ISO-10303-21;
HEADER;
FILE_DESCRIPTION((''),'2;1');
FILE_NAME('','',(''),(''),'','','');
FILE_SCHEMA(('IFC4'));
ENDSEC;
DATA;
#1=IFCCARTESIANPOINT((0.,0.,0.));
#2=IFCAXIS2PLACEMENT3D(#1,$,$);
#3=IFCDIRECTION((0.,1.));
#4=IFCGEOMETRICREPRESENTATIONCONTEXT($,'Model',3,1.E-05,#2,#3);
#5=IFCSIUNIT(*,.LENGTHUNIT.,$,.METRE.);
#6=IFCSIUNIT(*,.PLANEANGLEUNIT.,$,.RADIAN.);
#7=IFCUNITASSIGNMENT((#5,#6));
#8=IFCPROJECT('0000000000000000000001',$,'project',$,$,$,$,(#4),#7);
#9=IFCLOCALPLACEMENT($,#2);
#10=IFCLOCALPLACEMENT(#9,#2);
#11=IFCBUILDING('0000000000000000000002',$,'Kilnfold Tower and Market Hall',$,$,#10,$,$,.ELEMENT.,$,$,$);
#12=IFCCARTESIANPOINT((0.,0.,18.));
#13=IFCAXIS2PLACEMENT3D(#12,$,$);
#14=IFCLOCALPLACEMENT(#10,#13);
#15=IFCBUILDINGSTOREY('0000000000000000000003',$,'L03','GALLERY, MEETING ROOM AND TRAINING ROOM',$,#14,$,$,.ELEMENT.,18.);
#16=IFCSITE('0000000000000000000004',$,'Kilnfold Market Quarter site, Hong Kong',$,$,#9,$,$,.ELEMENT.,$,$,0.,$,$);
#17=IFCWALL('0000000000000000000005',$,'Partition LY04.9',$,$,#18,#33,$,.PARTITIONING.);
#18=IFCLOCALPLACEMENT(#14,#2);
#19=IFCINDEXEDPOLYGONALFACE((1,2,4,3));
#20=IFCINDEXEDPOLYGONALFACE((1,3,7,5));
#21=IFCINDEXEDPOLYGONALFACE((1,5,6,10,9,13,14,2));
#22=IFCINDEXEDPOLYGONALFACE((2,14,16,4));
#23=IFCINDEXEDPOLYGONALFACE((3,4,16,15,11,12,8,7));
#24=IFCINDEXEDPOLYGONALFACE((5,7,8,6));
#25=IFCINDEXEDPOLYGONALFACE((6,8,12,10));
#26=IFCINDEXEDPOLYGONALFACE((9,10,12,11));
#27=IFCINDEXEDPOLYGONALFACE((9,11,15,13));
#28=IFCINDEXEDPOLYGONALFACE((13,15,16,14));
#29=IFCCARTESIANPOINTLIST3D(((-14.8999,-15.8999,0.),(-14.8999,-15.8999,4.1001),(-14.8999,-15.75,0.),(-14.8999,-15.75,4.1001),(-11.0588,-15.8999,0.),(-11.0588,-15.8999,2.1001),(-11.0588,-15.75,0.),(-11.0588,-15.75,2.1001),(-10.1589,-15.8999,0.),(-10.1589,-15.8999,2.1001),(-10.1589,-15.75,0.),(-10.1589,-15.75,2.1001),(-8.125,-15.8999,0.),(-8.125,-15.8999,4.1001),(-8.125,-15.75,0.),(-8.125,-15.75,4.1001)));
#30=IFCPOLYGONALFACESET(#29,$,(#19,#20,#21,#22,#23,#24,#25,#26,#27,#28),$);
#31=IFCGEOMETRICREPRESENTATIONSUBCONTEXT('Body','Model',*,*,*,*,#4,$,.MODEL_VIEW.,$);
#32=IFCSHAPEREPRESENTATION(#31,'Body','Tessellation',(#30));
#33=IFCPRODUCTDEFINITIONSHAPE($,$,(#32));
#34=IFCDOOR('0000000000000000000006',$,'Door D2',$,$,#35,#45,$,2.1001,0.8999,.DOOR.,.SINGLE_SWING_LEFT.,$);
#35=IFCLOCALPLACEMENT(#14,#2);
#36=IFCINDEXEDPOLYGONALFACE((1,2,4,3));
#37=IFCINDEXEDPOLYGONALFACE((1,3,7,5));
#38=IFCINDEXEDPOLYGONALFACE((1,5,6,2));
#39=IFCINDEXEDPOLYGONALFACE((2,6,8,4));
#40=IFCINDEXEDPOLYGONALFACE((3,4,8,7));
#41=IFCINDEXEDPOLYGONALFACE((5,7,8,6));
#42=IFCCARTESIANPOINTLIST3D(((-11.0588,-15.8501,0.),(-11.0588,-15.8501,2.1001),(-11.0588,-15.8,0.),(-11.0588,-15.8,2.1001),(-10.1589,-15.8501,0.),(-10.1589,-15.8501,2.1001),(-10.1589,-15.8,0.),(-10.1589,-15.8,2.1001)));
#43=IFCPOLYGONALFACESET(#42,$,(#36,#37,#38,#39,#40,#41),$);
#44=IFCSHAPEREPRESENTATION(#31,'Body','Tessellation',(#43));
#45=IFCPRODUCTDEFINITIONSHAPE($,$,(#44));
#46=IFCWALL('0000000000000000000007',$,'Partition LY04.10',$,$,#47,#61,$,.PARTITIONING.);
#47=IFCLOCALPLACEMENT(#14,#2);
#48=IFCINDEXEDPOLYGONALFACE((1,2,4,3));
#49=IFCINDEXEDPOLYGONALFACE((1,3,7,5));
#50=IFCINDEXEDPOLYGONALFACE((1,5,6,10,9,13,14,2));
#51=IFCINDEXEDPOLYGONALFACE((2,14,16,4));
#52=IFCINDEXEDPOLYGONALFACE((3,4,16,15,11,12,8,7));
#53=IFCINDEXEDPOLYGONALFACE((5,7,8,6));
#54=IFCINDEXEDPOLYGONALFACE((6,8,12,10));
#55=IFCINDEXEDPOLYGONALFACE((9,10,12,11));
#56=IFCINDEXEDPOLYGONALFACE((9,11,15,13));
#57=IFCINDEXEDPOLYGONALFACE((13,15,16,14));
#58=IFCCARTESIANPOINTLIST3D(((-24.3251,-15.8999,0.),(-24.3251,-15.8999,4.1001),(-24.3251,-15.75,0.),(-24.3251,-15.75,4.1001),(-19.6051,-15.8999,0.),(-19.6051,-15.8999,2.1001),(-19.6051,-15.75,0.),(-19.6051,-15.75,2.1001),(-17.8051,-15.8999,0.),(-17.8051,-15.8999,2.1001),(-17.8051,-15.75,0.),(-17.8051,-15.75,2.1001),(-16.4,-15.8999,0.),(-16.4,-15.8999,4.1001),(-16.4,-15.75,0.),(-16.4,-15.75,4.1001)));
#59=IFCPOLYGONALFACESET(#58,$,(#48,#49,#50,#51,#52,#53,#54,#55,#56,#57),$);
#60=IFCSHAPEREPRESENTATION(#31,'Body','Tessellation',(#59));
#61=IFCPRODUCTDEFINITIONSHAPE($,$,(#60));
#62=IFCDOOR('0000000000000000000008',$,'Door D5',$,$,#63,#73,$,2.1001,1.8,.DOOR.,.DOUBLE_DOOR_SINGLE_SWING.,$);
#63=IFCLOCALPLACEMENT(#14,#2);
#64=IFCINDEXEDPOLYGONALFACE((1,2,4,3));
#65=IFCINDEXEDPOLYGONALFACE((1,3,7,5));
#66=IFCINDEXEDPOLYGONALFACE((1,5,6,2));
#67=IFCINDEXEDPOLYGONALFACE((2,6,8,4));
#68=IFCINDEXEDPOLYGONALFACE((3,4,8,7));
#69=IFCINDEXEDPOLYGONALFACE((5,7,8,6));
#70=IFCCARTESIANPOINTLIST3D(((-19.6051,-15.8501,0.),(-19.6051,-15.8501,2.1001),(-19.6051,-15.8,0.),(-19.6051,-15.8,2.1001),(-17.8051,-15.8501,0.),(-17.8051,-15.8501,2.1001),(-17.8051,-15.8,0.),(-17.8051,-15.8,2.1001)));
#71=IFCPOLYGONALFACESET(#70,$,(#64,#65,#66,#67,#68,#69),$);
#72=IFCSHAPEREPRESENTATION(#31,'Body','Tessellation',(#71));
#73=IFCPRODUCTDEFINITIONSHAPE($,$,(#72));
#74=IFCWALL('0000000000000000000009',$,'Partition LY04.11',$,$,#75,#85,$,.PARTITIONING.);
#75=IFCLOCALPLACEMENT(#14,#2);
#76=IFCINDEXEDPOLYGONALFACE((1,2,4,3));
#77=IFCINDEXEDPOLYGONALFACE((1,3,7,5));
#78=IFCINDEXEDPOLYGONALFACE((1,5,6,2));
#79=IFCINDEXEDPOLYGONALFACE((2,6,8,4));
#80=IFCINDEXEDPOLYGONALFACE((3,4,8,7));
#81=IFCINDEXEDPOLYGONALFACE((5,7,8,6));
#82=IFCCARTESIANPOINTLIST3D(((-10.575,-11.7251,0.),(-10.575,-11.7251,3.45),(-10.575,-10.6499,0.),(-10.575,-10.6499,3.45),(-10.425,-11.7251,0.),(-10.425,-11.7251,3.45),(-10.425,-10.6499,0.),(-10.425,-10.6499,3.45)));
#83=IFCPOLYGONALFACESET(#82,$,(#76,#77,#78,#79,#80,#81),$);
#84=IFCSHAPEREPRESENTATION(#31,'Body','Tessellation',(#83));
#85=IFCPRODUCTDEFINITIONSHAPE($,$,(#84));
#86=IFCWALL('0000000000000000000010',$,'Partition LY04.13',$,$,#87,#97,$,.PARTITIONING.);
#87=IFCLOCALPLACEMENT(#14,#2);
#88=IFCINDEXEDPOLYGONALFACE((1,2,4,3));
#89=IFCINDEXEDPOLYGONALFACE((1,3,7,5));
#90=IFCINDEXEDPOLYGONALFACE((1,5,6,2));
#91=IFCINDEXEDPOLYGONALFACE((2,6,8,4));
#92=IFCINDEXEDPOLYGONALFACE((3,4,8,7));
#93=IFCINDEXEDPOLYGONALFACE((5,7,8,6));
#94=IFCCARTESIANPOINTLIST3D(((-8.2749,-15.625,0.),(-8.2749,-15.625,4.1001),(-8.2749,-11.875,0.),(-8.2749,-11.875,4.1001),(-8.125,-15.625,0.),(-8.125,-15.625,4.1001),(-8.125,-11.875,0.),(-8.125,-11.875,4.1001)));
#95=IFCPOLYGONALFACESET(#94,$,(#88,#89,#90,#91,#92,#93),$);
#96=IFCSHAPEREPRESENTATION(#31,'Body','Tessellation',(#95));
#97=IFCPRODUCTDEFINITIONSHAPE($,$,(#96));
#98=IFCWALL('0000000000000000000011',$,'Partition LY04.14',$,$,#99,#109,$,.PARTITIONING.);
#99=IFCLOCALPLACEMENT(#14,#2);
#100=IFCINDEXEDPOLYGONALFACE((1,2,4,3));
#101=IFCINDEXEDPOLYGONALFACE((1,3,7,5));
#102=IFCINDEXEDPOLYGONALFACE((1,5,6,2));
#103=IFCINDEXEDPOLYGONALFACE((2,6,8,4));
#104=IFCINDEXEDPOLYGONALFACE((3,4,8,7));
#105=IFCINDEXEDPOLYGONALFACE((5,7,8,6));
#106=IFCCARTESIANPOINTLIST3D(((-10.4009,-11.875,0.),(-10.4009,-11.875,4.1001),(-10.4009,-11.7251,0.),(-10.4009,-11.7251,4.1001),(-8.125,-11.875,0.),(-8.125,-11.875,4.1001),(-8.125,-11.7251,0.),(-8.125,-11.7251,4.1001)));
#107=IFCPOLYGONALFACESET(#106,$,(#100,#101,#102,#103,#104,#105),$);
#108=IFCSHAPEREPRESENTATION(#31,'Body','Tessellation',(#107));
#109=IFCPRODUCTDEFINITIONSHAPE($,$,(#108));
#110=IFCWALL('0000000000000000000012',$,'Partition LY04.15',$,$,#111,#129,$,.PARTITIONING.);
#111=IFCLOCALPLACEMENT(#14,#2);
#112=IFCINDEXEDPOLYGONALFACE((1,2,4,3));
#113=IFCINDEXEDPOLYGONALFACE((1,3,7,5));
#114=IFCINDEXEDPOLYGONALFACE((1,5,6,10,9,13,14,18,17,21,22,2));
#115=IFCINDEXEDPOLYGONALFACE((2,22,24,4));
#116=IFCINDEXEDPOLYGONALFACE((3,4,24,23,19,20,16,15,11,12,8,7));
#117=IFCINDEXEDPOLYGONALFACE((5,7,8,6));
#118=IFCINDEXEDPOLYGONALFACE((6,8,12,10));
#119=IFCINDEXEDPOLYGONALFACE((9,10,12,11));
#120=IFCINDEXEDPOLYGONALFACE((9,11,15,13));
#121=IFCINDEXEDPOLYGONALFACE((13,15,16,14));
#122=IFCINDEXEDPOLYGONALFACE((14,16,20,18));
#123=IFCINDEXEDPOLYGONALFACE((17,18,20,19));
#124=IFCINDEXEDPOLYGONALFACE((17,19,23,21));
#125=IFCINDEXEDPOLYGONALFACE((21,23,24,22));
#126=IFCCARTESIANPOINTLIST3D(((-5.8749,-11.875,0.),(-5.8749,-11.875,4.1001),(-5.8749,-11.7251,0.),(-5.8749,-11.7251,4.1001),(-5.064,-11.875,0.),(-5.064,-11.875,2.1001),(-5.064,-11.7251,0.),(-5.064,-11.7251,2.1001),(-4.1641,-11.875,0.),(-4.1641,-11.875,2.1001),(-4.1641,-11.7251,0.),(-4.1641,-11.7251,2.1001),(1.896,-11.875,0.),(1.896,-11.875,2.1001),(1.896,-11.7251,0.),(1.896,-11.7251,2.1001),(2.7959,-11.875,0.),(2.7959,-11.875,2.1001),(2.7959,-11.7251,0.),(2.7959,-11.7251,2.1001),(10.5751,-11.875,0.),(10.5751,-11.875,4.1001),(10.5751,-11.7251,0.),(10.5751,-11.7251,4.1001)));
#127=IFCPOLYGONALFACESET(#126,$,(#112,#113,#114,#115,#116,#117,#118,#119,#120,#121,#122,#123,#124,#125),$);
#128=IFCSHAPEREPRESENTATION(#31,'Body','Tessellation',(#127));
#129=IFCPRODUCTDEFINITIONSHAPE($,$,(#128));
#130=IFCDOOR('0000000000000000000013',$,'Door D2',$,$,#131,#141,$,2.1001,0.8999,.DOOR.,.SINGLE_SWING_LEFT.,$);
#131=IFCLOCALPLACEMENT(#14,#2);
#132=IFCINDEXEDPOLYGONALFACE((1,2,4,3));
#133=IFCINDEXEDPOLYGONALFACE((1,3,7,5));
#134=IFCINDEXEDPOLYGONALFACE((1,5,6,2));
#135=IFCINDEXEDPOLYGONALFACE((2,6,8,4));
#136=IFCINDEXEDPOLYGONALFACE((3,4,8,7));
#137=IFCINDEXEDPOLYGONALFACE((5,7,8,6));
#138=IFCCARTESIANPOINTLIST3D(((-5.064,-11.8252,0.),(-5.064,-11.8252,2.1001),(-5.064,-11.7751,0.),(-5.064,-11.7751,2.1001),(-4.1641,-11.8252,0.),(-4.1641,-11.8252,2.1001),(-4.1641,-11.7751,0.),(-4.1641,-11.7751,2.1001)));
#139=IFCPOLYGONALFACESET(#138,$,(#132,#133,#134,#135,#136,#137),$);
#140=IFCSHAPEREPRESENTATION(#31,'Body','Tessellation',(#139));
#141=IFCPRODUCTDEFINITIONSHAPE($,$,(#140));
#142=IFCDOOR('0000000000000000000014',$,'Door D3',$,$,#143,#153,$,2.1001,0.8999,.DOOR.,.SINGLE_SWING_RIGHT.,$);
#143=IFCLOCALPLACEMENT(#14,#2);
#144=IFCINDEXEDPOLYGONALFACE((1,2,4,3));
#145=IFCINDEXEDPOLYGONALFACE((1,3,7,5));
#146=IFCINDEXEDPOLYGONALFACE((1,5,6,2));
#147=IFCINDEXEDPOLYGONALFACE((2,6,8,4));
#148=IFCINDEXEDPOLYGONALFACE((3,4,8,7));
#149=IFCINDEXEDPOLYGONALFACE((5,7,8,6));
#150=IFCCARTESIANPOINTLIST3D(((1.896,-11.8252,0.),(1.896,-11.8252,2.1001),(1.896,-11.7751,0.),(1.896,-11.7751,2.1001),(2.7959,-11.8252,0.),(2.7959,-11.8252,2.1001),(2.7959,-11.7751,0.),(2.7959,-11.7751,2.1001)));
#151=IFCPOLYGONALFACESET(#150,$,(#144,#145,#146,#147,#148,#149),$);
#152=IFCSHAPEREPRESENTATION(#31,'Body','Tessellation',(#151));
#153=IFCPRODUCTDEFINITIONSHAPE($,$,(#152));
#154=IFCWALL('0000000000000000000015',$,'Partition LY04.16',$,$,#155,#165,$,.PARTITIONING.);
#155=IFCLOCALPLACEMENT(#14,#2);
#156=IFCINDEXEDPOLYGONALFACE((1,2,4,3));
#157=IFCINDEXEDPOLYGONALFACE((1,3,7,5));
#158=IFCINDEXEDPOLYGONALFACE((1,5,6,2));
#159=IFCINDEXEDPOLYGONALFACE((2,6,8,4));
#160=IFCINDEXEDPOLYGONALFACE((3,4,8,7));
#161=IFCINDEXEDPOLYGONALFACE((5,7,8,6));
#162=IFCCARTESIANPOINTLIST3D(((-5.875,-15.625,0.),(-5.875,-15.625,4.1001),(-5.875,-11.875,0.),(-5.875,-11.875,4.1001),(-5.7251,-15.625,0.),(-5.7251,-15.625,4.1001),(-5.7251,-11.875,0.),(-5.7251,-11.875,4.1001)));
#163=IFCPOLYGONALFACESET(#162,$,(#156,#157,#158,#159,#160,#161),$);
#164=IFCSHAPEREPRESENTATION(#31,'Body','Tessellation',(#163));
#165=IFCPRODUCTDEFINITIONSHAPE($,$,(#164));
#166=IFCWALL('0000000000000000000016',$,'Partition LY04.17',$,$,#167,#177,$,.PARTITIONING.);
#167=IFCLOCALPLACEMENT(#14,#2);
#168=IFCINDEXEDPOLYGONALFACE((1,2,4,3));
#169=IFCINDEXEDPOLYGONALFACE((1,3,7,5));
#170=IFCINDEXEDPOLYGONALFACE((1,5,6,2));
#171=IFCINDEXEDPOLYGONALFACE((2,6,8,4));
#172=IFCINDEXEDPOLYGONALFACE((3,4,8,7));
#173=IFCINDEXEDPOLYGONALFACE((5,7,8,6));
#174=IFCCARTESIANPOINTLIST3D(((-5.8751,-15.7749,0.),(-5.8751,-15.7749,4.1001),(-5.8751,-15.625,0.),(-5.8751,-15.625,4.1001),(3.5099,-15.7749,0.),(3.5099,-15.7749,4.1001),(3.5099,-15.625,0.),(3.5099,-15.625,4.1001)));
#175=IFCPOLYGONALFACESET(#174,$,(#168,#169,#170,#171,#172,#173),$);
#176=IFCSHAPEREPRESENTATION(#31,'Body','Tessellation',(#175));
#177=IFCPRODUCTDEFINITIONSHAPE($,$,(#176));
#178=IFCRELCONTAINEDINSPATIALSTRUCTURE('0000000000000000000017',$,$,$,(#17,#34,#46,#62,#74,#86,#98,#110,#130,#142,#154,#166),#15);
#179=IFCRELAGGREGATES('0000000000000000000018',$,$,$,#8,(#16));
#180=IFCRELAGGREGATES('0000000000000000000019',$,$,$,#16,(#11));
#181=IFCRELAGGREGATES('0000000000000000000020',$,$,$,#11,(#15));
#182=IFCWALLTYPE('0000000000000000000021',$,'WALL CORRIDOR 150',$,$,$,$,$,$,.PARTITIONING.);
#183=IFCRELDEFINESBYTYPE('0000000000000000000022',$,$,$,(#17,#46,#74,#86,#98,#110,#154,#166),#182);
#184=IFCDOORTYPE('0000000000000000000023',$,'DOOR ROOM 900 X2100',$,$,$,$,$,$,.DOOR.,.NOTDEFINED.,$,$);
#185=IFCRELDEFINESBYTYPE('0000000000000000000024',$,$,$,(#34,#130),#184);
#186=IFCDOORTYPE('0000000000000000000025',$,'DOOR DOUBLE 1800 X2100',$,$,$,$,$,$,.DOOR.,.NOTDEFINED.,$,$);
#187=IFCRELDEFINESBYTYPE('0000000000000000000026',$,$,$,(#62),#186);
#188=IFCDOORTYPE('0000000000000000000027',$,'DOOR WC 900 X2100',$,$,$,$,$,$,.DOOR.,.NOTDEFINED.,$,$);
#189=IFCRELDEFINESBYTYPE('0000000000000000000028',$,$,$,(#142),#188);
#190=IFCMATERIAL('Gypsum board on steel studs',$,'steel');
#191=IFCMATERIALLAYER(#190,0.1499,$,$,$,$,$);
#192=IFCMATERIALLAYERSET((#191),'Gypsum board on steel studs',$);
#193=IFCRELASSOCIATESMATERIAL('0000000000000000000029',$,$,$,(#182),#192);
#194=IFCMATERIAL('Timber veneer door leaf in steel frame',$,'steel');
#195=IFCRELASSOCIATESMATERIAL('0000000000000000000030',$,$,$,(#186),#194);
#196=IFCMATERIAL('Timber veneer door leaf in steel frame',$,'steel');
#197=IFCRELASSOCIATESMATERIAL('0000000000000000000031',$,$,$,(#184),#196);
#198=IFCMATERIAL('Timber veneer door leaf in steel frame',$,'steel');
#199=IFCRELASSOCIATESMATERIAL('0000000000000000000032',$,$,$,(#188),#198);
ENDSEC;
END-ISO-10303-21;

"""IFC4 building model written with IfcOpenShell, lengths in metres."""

from ifc_helpers import new_model, si_unit, direction, frame, frame_2d, origin, place, context, subcontext, project, spatial, rectangle, extrude, material, layer, layer_set, type_object, element, fill, save


model = new_model("IFC4")

# Units and contexts
model_context = context("Model", 3, precision=1e-05, world=origin(), true_north=direction((0.0, 1.0)))
body_context = subcontext(model_context, "Body", "Model", "MODEL_VIEW")
ifc_project = project(units=[si_unit("LENGTHUNIT", "METRE"), si_unit("PLANEANGLEUNIT", "RADIAN")], contexts=[model_context])

# Site, building, storey
site_placement = place(None, origin())
site = spatial("IfcSite", under=ifc_project, at=site_placement, Name="Kilnfold Market Quarter site, Hong Kong", CompositionType="ELEMENT", RefElevation=0.0)
building_placement = place(site_placement, origin())
building = spatial("IfcBuilding", under=site, at=building_placement, Name="Kilnfold Tower and Market Hall", CompositionType="ELEMENT")
storey_placement = place(building_placement, frame((0.0, 0.0, 18.0)))
storey = spatial("IfcBuildingStorey", under=building, at=storey_placement, Name="L03", Description="GALLERY, MEETING ROOM AND TRAINING ROOM", CompositionType="ELEMENT", Elevation=18.0)

# Shared definitions
ifc_material_1 = material(Name="Gypsum board on steel studs", Category="steel")
ifc_layer_1 = layer(ifc_material_1, 0.1499)
ifc_layer_set_1 = layer_set([ifc_layer_1], Name="Gypsum board on steel studs")
wall_type_1 = type_object("IfcWallType", Name="WALL CORRIDOR 150", PredefinedType="PARTITIONING", material=ifc_layer_set_1)
ifc_material_2 = material(Name="Timber veneer door leaf in steel frame", Category="steel")
door_type_1 = type_object("IfcDoorType", Name="DOOR DOUBLE 1800 X2100", OperationType="NOTDEFINED", PredefinedType="DOOR", material=ifc_material_2)
ifc_material_3 = material(Name="Timber veneer door leaf in steel frame", Category="steel")
door_type_2 = type_object("IfcDoorType", Name="DOOR ROOM 900 X2100", OperationType="NOTDEFINED", PredefinedType="DOOR", material=ifc_material_3)

# Walls, openings, doors
wall_1_placement = place(storey_placement, frame((-14.8999, -15.825, 0.0), z_axis=(0.0, 0.0, 1.0), x_axis=(1.0, 0.0, 0.0)))
wall_1 = element("IfcWall", 1, at=wall_1_placement, inside=storey, type_object=wall_type_1, Name="Partition LY04.9", PredefinedType="PARTITIONING", context=body_context, shape_type="SweptSolid", body=[
    extrude(rectangle(XDim=6.7749, YDim=0.1499, at=frame_2d((3.3875, 0.0))), origin(), (0.0, 0.0, 1.0), 4.1001),
])
opening_1_placement = place(wall_1_placement, frame((3.8411, 0.0, 0.0)))
opening_1 = element("IfcOpeningElement", 2, at=opening_1_placement, cuts=wall_1, PredefinedType="OPENING", context=body_context, shape_type="SweptSolid", body=[
    extrude(rectangle(XDim=0.8999, YDim=2.1001, at=frame_2d((0.45, 1.05))), frame((0.0, 0.085, 0.0), z_axis=(0.0, -1.0, 0.0), x_axis=(1.0, 0.0, 0.0)), (0.0, 0.0, 1.0), 0.1699),
])
door_1_placement = place(opening_1_placement, origin())
door_1 = element("IfcDoor", 3, at=door_1_placement, inside=storey, type_object=door_type_2, Name="Door D2", OperationType="SINGLE_SWING_LEFT", OverallHeight=2.1001, OverallWidth=0.8999, PredefinedType="DOOR", context=body_context, shape_type="SweptSolid", body=[
    extrude(rectangle(XDim=0.8999, YDim=2.1001, at=frame_2d((0.45, 1.05))), frame((0.0, 0.0249, 0.0), z_axis=(0.0, -1.0, 0.0), x_axis=(1.0, 0.0, 0.0)), (0.0, 0.0, 1.0), 0.05),
])
fill(opening_1, door_1)
wall_2_placement = place(storey_placement, frame((-24.325, -15.825, 0.0), z_axis=(0.0, 0.0, 1.0), x_axis=(1.0, 0.0, 0.0)))
wall_2 = element("IfcWall", 4, at=wall_2_placement, inside=storey, type_object=wall_type_1, Name="Partition LY04.10", PredefinedType="PARTITIONING", context=body_context, shape_type="SweptSolid", body=[
    extrude(rectangle(XDim=7.925, YDim=0.1499, at=frame_2d((3.9624, 0.0))), origin(), (0.0, 0.0, 1.0), 4.1001),
])
opening_2_placement = place(wall_2_placement, frame((4.72, 0.0, 0.0)))
opening_2 = element("IfcOpeningElement", 5, at=opening_2_placement, cuts=wall_2, PredefinedType="OPENING", context=body_context, shape_type="SweptSolid", body=[
    extrude(rectangle(XDim=1.8, YDim=2.1001, at=frame_2d((0.8999, 1.05))), frame((0.0, 0.085, 0.0), z_axis=(0.0, -1.0, 0.0), x_axis=(1.0, 0.0, 0.0)), (0.0, 0.0, 1.0), 0.1699),
])
door_2_placement = place(opening_2_placement, origin())
door_2 = element("IfcDoor", 6, at=door_2_placement, inside=storey, type_object=door_type_1, Name="Door D5", OperationType="DOUBLE_DOOR_SINGLE_SWING", OverallHeight=2.1001, OverallWidth=1.8, PredefinedType="DOOR", context=body_context, shape_type="SweptSolid", body=[
    extrude(rectangle(XDim=1.8, YDim=2.1001, at=frame_2d((0.8999, 1.05))), frame((0.0, 0.0249, 0.0), z_axis=(0.0, -1.0, 0.0), x_axis=(1.0, 0.0, 0.0)), (0.0, 0.0, 1.0), 0.05),
])
fill(opening_2, door_2)

# Walls
wall_3_placement = place(storey_placement, frame((-10.5, -11.7251, 0.0), z_axis=(0.0, 0.0, 1.0), x_axis=(0.0, 1.0, 0.0)))
element("IfcWall", 7, at=wall_3_placement, inside=storey, type_object=wall_type_1, Name="Partition LY04.11", PredefinedType="PARTITIONING", context=body_context, shape_type="SweptSolid", body=[
    extrude(rectangle(XDim=1.0752, YDim=0.1499, at=frame_2d((0.5376, 0.0))), origin(), (0.0, 0.0, 1.0), 3.45),
])
wall_4_placement = place(storey_placement, frame((-8.2, -11.875, 0.0), z_axis=(0.0, 0.0, 1.0), x_axis=(0.0, -1.0, 0.0)))
element("IfcWall", 8, at=wall_4_placement, inside=storey, type_object=wall_type_1, Name="Partition LY04.13", PredefinedType="PARTITIONING", context=body_context, shape_type="SweptSolid", body=[
    extrude(rectangle(XDim=3.75, YDim=0.1499, at=frame_2d((1.875, 0.0))), origin(), (0.0, 0.0, 1.0), 4.1001),
])
wall_5_placement = place(storey_placement, frame((-10.4009, -11.8, 0.0), z_axis=(0.0, 0.0, 1.0), x_axis=(1.0, 0.0, 0.0)))
element("IfcWall", 9, at=wall_5_placement, inside=storey, type_object=wall_type_1, Name="Partition LY04.14", PredefinedType="PARTITIONING", context=body_context, shape_type="SweptSolid", body=[
    extrude(rectangle(XDim=2.2759, YDim=0.1499, at=frame_2d((1.1379, 0.0))), origin(), (0.0, 0.0, 1.0), 4.1001),
])

# Wall, openings, doors
wall_6_placement = place(storey_placement, frame((-5.875, -11.8, 0.0), z_axis=(0.0, 0.0, 1.0), x_axis=(1.0, 0.0, 0.0)))
wall_6 = element("IfcWall", 10, at=wall_6_placement, inside=storey, type_object=wall_type_1, Name="Partition LY04.15", PredefinedType="PARTITIONING", context=body_context, shape_type="SweptSolid", body=[
    extrude(rectangle(XDim=16.45, YDim=0.1499, at=frame_2d((8.2251, 0.0))), origin(), (0.0, 0.0, 1.0), 4.1001),
])
opening_3_placement = place(wall_6_placement, frame((0.811, 0.0, 0.0)))
opening_3 = element("IfcOpeningElement", 11, at=opening_3_placement, cuts=wall_6, PredefinedType="OPENING", context=body_context, shape_type="SweptSolid", body=[
    extrude(rectangle(XDim=0.8999, YDim=2.1001, at=frame_2d((0.45, 1.05))), frame((0.0, 0.085, 0.0), z_axis=(0.0, -1.0, 0.0), x_axis=(1.0, 0.0, 0.0)), (0.0, 0.0, 1.0), 0.1699),
])
opening_4_placement = place(wall_6_placement, frame((7.771, 0.0, 0.0)))
opening_4 = element("IfcOpeningElement", 12, at=opening_4_placement, cuts=wall_6, PredefinedType="OPENING", context=body_context, shape_type="SweptSolid", body=[
    extrude(rectangle(XDim=0.8999, YDim=2.1001, at=frame_2d((0.45, 1.05))), frame((0.0, 0.085, 0.0), z_axis=(0.0, -1.0, 0.0), x_axis=(1.0, 0.0, 0.0)), (0.0, 0.0, 1.0), 0.1699),
])
door_3_placement = place(opening_3_placement, origin())
door_3 = element("IfcDoor", 13, at=door_3_placement, inside=storey, type_object=door_type_2, Name="Door D2", OperationType="SINGLE_SWING_LEFT", OverallHeight=2.1001, OverallWidth=0.8999, PredefinedType="DOOR", context=body_context, shape_type="SweptSolid", body=[
    extrude(rectangle(XDim=0.8999, YDim=2.1001, at=frame_2d((0.45, 1.05))), frame((0.0, 0.0249, 0.0), z_axis=(0.0, -1.0, 0.0), x_axis=(1.0, 0.0, 0.0)), (0.0, 0.0, 1.0), 0.05),
])
fill(opening_3, door_3)
ifc_material_4 = material(Name="Timber veneer door leaf in steel frame", Category="steel")
door_type_3 = type_object("IfcDoorType", Name="DOOR WC 900 X2100", OperationType="NOTDEFINED", PredefinedType="DOOR", material=ifc_material_4)
door_4_placement = place(opening_4_placement, origin())
door_4 = element("IfcDoor", 14, at=door_4_placement, inside=storey, type_object=door_type_3, Name="Door D3", OperationType="SINGLE_SWING_RIGHT", OverallHeight=2.1001, OverallWidth=0.8999, PredefinedType="DOOR", context=body_context, shape_type="SweptSolid", body=[
    extrude(rectangle(XDim=0.8999, YDim=2.1001, at=frame_2d((0.45, 1.05))), frame((0.0, 0.0249, 0.0), z_axis=(0.0, -1.0, 0.0), x_axis=(1.0, 0.0, 0.0)), (0.0, 0.0, 1.0), 0.05),
])
fill(opening_4, door_4)

# Walls
wall_7_placement = place(storey_placement, frame((-5.8, -15.625, 0.0), z_axis=(0.0, 0.0, 1.0), x_axis=(0.0, 1.0, 0.0)))
element("IfcWall", 15, at=wall_7_placement, inside=storey, type_object=wall_type_1, Name="Partition LY04.16", PredefinedType="PARTITIONING", context=body_context, shape_type="SweptSolid", body=[
    extrude(rectangle(XDim=3.75, YDim=0.1499, at=frame_2d((1.875, 0.0))), origin(), (0.0, 0.0, 1.0), 4.1001),
])
wall_8_placement = place(storey_placement, frame((-5.875, -15.7, 0.0), z_axis=(0.0, 0.0, 1.0), x_axis=(1.0, 0.0, 0.0)))
element("IfcWall", 16, at=wall_8_placement, inside=storey, type_object=wall_type_1, Name="Partition LY04.17", PredefinedType="PARTITIONING", context=body_context, shape_type="SweptSolid", body=[
    extrude(rectangle(XDim=9.385, YDim=0.1499, at=frame_2d((4.6924, 0.0))), origin(), (0.0, 0.0, 1.0), 4.1001),
])

save(model, "model.ifc")
